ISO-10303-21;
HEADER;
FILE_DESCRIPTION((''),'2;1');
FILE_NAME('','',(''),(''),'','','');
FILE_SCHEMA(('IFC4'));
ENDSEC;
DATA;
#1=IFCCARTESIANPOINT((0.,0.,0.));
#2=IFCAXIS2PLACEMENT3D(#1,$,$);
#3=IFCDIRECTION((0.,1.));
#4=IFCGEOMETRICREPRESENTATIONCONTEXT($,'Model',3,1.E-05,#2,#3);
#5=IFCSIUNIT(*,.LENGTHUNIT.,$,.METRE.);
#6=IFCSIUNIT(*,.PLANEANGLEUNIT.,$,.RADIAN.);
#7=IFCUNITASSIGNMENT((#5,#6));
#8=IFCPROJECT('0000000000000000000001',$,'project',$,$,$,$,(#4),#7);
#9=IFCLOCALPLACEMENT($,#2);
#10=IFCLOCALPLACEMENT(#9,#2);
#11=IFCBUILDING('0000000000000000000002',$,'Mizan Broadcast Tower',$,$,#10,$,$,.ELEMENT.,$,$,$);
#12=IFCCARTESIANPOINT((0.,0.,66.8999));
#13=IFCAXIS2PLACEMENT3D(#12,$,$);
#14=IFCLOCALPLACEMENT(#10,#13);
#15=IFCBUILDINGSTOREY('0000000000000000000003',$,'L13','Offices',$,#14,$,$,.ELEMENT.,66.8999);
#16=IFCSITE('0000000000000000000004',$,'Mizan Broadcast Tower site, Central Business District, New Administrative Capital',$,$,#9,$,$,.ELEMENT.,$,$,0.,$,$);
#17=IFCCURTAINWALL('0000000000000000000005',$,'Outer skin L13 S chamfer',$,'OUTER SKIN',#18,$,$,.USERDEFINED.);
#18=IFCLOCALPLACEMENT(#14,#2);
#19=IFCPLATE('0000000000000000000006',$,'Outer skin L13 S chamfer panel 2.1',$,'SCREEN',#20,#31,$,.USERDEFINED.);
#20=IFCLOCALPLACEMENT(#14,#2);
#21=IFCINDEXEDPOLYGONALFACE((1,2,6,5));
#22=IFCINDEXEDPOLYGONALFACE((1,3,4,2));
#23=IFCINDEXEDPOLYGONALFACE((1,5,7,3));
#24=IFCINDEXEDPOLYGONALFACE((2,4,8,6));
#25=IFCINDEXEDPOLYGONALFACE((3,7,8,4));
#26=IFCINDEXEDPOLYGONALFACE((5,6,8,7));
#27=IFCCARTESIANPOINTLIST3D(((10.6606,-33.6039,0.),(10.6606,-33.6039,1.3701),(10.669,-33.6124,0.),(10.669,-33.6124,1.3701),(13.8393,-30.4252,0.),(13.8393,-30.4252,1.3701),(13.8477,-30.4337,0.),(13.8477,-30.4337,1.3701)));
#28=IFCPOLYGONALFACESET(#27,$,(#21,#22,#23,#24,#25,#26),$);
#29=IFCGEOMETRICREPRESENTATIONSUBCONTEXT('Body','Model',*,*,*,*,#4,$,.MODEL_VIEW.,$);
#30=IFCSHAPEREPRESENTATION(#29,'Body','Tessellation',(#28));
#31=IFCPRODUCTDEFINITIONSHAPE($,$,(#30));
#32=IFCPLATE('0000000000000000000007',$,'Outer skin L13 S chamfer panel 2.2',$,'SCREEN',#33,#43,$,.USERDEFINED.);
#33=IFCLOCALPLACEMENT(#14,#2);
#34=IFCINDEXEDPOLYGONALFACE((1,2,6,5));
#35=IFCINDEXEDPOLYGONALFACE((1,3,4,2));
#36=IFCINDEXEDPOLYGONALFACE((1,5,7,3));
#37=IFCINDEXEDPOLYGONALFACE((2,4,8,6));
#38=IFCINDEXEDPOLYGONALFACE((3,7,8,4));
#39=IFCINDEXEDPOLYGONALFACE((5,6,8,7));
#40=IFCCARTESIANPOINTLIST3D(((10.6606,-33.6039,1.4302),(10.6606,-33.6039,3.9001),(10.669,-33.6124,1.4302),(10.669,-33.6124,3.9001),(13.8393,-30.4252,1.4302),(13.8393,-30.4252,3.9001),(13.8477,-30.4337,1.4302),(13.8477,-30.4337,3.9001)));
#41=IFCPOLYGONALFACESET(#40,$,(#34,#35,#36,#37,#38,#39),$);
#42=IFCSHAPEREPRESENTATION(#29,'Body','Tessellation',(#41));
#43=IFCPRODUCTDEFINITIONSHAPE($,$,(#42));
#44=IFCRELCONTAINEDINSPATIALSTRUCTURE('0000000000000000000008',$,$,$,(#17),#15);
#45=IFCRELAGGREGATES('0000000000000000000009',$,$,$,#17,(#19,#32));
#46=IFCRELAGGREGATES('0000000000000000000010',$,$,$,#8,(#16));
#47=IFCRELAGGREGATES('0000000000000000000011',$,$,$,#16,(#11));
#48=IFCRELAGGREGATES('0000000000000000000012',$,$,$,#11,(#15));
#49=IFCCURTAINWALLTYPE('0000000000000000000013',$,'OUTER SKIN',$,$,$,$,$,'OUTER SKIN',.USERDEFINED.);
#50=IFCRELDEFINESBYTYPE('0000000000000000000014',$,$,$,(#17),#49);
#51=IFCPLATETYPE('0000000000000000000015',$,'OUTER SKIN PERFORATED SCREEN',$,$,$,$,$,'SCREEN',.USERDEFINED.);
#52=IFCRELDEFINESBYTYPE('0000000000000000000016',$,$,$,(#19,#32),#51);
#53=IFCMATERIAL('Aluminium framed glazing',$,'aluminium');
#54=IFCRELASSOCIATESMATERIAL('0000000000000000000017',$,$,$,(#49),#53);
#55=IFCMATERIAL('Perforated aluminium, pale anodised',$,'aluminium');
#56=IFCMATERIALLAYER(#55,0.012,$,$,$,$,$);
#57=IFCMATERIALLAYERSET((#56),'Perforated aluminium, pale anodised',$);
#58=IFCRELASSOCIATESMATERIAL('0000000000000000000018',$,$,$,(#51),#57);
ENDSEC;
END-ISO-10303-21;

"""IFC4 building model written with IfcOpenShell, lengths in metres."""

from ifc_helpers import new_model, si_unit, direction, frame, origin, origin_2d, place, context, subcontext, project, spatial, rectangle, extrude, material, layer, layer_set, type_object, element, aggregate, save


model = new_model("IFC4")

# Units and contexts
model_context = context("Model", 3, precision=1e-05, world=origin(), true_north=direction((0.0, 1.0)))
body_context = subcontext(model_context, "Body", "Model", "MODEL_VIEW")
ifc_project = project(units=[si_unit("LENGTHUNIT", "METRE"), si_unit("PLANEANGLEUNIT", "RADIAN")], contexts=[model_context])

# Site, building, storey
site_placement = place(None, origin())
site = spatial("IfcSite", under=ifc_project, at=site_placement, Name="Mizan Broadcast Tower site, Central Business District, New Administrative Capital", CompositionType="ELEMENT", RefElevation=0.0)
building_placement = place(site_placement, origin())
building = spatial("IfcBuilding", under=site, at=building_placement, Name="Mizan Broadcast Tower", CompositionType="ELEMENT")
storey_placement = place(building_placement, frame((0.0, 0.0, 66.8999)))
storey = spatial("IfcBuildingStorey", under=building, at=storey_placement, Name="L13", Description="Offices", CompositionType="ELEMENT", Elevation=66.8999)

# Shared definitions
ifc_material_1 = material(Name="Aluminium framed glazing", Category="aluminium")
curtain_wall_type_1 = type_object("IfcCurtainWallType", Name="OUTER SKIN", ElementType="OUTER SKIN", PredefinedType="USERDEFINED", material=ifc_material_1)

# Curtain wall
curtain_wall_1_placement = place(storey_placement, origin())
curtain_wall_1 = element("IfcCurtainWall", 1, at=curtain_wall_1_placement, inside=storey, type_object=curtain_wall_type_1, Name="Outer skin L13 S chamfer", ObjectType="OUTER SKIN", PredefinedType="USERDEFINED")

# Plates
ifc_material_2 = material(Name="Perforated aluminium, pale anodised", Category="aluminium")
ifc_layer_1 = layer(ifc_material_2, 0.012)
ifc_layer_set_1 = layer_set([ifc_layer_1], Name="Perforated aluminium, pale anodised")
plate_type_1 = type_object("IfcPlateType", Name="OUTER SKIN PERFORATED SCREEN", ElementType="SCREEN", PredefinedType="USERDEFINED", material=ifc_layer_set_1)
plate_1_placement = place(storey_placement, frame((12.2542, -32.0188, 0.0), z_axis=(0.0, 0.0, 1.0), x_axis=(0.707107, 0.707107, 0.0)))
plate_1 = element("IfcPlate", 2, at=plate_1_placement, type_object=plate_type_1, Name="Outer skin L13 S chamfer panel 2.1", ObjectType="SCREEN", PredefinedType="USERDEFINED", context=body_context, shape_type="SweptSolid", body=[
    extrude(rectangle(XDim=4.4954, YDim=0.012, at=origin_2d()), origin(), (0.0, 0.0, 1.0), 1.3701),
])
plate_2_placement = place(storey_placement, frame((12.2542, -32.0188, 1.4302), z_axis=(0.0, 0.0, 1.0), x_axis=(0.707107, 0.707107, 0.0)))
plate_2 = element("IfcPlate", 3, at=plate_2_placement, type_object=plate_type_1, Name="Outer skin L13 S chamfer panel 2.2", ObjectType="SCREEN", PredefinedType="USERDEFINED", context=body_context, shape_type="SweptSolid", body=[
    extrude(rectangle(XDim=4.4954, YDim=0.012, at=origin_2d()), origin(), (0.0, 0.0, 1.0), 2.47),
])
aggregate(curtain_wall_1, [plate_1, plate_2])

save(model, "model.ifc")
